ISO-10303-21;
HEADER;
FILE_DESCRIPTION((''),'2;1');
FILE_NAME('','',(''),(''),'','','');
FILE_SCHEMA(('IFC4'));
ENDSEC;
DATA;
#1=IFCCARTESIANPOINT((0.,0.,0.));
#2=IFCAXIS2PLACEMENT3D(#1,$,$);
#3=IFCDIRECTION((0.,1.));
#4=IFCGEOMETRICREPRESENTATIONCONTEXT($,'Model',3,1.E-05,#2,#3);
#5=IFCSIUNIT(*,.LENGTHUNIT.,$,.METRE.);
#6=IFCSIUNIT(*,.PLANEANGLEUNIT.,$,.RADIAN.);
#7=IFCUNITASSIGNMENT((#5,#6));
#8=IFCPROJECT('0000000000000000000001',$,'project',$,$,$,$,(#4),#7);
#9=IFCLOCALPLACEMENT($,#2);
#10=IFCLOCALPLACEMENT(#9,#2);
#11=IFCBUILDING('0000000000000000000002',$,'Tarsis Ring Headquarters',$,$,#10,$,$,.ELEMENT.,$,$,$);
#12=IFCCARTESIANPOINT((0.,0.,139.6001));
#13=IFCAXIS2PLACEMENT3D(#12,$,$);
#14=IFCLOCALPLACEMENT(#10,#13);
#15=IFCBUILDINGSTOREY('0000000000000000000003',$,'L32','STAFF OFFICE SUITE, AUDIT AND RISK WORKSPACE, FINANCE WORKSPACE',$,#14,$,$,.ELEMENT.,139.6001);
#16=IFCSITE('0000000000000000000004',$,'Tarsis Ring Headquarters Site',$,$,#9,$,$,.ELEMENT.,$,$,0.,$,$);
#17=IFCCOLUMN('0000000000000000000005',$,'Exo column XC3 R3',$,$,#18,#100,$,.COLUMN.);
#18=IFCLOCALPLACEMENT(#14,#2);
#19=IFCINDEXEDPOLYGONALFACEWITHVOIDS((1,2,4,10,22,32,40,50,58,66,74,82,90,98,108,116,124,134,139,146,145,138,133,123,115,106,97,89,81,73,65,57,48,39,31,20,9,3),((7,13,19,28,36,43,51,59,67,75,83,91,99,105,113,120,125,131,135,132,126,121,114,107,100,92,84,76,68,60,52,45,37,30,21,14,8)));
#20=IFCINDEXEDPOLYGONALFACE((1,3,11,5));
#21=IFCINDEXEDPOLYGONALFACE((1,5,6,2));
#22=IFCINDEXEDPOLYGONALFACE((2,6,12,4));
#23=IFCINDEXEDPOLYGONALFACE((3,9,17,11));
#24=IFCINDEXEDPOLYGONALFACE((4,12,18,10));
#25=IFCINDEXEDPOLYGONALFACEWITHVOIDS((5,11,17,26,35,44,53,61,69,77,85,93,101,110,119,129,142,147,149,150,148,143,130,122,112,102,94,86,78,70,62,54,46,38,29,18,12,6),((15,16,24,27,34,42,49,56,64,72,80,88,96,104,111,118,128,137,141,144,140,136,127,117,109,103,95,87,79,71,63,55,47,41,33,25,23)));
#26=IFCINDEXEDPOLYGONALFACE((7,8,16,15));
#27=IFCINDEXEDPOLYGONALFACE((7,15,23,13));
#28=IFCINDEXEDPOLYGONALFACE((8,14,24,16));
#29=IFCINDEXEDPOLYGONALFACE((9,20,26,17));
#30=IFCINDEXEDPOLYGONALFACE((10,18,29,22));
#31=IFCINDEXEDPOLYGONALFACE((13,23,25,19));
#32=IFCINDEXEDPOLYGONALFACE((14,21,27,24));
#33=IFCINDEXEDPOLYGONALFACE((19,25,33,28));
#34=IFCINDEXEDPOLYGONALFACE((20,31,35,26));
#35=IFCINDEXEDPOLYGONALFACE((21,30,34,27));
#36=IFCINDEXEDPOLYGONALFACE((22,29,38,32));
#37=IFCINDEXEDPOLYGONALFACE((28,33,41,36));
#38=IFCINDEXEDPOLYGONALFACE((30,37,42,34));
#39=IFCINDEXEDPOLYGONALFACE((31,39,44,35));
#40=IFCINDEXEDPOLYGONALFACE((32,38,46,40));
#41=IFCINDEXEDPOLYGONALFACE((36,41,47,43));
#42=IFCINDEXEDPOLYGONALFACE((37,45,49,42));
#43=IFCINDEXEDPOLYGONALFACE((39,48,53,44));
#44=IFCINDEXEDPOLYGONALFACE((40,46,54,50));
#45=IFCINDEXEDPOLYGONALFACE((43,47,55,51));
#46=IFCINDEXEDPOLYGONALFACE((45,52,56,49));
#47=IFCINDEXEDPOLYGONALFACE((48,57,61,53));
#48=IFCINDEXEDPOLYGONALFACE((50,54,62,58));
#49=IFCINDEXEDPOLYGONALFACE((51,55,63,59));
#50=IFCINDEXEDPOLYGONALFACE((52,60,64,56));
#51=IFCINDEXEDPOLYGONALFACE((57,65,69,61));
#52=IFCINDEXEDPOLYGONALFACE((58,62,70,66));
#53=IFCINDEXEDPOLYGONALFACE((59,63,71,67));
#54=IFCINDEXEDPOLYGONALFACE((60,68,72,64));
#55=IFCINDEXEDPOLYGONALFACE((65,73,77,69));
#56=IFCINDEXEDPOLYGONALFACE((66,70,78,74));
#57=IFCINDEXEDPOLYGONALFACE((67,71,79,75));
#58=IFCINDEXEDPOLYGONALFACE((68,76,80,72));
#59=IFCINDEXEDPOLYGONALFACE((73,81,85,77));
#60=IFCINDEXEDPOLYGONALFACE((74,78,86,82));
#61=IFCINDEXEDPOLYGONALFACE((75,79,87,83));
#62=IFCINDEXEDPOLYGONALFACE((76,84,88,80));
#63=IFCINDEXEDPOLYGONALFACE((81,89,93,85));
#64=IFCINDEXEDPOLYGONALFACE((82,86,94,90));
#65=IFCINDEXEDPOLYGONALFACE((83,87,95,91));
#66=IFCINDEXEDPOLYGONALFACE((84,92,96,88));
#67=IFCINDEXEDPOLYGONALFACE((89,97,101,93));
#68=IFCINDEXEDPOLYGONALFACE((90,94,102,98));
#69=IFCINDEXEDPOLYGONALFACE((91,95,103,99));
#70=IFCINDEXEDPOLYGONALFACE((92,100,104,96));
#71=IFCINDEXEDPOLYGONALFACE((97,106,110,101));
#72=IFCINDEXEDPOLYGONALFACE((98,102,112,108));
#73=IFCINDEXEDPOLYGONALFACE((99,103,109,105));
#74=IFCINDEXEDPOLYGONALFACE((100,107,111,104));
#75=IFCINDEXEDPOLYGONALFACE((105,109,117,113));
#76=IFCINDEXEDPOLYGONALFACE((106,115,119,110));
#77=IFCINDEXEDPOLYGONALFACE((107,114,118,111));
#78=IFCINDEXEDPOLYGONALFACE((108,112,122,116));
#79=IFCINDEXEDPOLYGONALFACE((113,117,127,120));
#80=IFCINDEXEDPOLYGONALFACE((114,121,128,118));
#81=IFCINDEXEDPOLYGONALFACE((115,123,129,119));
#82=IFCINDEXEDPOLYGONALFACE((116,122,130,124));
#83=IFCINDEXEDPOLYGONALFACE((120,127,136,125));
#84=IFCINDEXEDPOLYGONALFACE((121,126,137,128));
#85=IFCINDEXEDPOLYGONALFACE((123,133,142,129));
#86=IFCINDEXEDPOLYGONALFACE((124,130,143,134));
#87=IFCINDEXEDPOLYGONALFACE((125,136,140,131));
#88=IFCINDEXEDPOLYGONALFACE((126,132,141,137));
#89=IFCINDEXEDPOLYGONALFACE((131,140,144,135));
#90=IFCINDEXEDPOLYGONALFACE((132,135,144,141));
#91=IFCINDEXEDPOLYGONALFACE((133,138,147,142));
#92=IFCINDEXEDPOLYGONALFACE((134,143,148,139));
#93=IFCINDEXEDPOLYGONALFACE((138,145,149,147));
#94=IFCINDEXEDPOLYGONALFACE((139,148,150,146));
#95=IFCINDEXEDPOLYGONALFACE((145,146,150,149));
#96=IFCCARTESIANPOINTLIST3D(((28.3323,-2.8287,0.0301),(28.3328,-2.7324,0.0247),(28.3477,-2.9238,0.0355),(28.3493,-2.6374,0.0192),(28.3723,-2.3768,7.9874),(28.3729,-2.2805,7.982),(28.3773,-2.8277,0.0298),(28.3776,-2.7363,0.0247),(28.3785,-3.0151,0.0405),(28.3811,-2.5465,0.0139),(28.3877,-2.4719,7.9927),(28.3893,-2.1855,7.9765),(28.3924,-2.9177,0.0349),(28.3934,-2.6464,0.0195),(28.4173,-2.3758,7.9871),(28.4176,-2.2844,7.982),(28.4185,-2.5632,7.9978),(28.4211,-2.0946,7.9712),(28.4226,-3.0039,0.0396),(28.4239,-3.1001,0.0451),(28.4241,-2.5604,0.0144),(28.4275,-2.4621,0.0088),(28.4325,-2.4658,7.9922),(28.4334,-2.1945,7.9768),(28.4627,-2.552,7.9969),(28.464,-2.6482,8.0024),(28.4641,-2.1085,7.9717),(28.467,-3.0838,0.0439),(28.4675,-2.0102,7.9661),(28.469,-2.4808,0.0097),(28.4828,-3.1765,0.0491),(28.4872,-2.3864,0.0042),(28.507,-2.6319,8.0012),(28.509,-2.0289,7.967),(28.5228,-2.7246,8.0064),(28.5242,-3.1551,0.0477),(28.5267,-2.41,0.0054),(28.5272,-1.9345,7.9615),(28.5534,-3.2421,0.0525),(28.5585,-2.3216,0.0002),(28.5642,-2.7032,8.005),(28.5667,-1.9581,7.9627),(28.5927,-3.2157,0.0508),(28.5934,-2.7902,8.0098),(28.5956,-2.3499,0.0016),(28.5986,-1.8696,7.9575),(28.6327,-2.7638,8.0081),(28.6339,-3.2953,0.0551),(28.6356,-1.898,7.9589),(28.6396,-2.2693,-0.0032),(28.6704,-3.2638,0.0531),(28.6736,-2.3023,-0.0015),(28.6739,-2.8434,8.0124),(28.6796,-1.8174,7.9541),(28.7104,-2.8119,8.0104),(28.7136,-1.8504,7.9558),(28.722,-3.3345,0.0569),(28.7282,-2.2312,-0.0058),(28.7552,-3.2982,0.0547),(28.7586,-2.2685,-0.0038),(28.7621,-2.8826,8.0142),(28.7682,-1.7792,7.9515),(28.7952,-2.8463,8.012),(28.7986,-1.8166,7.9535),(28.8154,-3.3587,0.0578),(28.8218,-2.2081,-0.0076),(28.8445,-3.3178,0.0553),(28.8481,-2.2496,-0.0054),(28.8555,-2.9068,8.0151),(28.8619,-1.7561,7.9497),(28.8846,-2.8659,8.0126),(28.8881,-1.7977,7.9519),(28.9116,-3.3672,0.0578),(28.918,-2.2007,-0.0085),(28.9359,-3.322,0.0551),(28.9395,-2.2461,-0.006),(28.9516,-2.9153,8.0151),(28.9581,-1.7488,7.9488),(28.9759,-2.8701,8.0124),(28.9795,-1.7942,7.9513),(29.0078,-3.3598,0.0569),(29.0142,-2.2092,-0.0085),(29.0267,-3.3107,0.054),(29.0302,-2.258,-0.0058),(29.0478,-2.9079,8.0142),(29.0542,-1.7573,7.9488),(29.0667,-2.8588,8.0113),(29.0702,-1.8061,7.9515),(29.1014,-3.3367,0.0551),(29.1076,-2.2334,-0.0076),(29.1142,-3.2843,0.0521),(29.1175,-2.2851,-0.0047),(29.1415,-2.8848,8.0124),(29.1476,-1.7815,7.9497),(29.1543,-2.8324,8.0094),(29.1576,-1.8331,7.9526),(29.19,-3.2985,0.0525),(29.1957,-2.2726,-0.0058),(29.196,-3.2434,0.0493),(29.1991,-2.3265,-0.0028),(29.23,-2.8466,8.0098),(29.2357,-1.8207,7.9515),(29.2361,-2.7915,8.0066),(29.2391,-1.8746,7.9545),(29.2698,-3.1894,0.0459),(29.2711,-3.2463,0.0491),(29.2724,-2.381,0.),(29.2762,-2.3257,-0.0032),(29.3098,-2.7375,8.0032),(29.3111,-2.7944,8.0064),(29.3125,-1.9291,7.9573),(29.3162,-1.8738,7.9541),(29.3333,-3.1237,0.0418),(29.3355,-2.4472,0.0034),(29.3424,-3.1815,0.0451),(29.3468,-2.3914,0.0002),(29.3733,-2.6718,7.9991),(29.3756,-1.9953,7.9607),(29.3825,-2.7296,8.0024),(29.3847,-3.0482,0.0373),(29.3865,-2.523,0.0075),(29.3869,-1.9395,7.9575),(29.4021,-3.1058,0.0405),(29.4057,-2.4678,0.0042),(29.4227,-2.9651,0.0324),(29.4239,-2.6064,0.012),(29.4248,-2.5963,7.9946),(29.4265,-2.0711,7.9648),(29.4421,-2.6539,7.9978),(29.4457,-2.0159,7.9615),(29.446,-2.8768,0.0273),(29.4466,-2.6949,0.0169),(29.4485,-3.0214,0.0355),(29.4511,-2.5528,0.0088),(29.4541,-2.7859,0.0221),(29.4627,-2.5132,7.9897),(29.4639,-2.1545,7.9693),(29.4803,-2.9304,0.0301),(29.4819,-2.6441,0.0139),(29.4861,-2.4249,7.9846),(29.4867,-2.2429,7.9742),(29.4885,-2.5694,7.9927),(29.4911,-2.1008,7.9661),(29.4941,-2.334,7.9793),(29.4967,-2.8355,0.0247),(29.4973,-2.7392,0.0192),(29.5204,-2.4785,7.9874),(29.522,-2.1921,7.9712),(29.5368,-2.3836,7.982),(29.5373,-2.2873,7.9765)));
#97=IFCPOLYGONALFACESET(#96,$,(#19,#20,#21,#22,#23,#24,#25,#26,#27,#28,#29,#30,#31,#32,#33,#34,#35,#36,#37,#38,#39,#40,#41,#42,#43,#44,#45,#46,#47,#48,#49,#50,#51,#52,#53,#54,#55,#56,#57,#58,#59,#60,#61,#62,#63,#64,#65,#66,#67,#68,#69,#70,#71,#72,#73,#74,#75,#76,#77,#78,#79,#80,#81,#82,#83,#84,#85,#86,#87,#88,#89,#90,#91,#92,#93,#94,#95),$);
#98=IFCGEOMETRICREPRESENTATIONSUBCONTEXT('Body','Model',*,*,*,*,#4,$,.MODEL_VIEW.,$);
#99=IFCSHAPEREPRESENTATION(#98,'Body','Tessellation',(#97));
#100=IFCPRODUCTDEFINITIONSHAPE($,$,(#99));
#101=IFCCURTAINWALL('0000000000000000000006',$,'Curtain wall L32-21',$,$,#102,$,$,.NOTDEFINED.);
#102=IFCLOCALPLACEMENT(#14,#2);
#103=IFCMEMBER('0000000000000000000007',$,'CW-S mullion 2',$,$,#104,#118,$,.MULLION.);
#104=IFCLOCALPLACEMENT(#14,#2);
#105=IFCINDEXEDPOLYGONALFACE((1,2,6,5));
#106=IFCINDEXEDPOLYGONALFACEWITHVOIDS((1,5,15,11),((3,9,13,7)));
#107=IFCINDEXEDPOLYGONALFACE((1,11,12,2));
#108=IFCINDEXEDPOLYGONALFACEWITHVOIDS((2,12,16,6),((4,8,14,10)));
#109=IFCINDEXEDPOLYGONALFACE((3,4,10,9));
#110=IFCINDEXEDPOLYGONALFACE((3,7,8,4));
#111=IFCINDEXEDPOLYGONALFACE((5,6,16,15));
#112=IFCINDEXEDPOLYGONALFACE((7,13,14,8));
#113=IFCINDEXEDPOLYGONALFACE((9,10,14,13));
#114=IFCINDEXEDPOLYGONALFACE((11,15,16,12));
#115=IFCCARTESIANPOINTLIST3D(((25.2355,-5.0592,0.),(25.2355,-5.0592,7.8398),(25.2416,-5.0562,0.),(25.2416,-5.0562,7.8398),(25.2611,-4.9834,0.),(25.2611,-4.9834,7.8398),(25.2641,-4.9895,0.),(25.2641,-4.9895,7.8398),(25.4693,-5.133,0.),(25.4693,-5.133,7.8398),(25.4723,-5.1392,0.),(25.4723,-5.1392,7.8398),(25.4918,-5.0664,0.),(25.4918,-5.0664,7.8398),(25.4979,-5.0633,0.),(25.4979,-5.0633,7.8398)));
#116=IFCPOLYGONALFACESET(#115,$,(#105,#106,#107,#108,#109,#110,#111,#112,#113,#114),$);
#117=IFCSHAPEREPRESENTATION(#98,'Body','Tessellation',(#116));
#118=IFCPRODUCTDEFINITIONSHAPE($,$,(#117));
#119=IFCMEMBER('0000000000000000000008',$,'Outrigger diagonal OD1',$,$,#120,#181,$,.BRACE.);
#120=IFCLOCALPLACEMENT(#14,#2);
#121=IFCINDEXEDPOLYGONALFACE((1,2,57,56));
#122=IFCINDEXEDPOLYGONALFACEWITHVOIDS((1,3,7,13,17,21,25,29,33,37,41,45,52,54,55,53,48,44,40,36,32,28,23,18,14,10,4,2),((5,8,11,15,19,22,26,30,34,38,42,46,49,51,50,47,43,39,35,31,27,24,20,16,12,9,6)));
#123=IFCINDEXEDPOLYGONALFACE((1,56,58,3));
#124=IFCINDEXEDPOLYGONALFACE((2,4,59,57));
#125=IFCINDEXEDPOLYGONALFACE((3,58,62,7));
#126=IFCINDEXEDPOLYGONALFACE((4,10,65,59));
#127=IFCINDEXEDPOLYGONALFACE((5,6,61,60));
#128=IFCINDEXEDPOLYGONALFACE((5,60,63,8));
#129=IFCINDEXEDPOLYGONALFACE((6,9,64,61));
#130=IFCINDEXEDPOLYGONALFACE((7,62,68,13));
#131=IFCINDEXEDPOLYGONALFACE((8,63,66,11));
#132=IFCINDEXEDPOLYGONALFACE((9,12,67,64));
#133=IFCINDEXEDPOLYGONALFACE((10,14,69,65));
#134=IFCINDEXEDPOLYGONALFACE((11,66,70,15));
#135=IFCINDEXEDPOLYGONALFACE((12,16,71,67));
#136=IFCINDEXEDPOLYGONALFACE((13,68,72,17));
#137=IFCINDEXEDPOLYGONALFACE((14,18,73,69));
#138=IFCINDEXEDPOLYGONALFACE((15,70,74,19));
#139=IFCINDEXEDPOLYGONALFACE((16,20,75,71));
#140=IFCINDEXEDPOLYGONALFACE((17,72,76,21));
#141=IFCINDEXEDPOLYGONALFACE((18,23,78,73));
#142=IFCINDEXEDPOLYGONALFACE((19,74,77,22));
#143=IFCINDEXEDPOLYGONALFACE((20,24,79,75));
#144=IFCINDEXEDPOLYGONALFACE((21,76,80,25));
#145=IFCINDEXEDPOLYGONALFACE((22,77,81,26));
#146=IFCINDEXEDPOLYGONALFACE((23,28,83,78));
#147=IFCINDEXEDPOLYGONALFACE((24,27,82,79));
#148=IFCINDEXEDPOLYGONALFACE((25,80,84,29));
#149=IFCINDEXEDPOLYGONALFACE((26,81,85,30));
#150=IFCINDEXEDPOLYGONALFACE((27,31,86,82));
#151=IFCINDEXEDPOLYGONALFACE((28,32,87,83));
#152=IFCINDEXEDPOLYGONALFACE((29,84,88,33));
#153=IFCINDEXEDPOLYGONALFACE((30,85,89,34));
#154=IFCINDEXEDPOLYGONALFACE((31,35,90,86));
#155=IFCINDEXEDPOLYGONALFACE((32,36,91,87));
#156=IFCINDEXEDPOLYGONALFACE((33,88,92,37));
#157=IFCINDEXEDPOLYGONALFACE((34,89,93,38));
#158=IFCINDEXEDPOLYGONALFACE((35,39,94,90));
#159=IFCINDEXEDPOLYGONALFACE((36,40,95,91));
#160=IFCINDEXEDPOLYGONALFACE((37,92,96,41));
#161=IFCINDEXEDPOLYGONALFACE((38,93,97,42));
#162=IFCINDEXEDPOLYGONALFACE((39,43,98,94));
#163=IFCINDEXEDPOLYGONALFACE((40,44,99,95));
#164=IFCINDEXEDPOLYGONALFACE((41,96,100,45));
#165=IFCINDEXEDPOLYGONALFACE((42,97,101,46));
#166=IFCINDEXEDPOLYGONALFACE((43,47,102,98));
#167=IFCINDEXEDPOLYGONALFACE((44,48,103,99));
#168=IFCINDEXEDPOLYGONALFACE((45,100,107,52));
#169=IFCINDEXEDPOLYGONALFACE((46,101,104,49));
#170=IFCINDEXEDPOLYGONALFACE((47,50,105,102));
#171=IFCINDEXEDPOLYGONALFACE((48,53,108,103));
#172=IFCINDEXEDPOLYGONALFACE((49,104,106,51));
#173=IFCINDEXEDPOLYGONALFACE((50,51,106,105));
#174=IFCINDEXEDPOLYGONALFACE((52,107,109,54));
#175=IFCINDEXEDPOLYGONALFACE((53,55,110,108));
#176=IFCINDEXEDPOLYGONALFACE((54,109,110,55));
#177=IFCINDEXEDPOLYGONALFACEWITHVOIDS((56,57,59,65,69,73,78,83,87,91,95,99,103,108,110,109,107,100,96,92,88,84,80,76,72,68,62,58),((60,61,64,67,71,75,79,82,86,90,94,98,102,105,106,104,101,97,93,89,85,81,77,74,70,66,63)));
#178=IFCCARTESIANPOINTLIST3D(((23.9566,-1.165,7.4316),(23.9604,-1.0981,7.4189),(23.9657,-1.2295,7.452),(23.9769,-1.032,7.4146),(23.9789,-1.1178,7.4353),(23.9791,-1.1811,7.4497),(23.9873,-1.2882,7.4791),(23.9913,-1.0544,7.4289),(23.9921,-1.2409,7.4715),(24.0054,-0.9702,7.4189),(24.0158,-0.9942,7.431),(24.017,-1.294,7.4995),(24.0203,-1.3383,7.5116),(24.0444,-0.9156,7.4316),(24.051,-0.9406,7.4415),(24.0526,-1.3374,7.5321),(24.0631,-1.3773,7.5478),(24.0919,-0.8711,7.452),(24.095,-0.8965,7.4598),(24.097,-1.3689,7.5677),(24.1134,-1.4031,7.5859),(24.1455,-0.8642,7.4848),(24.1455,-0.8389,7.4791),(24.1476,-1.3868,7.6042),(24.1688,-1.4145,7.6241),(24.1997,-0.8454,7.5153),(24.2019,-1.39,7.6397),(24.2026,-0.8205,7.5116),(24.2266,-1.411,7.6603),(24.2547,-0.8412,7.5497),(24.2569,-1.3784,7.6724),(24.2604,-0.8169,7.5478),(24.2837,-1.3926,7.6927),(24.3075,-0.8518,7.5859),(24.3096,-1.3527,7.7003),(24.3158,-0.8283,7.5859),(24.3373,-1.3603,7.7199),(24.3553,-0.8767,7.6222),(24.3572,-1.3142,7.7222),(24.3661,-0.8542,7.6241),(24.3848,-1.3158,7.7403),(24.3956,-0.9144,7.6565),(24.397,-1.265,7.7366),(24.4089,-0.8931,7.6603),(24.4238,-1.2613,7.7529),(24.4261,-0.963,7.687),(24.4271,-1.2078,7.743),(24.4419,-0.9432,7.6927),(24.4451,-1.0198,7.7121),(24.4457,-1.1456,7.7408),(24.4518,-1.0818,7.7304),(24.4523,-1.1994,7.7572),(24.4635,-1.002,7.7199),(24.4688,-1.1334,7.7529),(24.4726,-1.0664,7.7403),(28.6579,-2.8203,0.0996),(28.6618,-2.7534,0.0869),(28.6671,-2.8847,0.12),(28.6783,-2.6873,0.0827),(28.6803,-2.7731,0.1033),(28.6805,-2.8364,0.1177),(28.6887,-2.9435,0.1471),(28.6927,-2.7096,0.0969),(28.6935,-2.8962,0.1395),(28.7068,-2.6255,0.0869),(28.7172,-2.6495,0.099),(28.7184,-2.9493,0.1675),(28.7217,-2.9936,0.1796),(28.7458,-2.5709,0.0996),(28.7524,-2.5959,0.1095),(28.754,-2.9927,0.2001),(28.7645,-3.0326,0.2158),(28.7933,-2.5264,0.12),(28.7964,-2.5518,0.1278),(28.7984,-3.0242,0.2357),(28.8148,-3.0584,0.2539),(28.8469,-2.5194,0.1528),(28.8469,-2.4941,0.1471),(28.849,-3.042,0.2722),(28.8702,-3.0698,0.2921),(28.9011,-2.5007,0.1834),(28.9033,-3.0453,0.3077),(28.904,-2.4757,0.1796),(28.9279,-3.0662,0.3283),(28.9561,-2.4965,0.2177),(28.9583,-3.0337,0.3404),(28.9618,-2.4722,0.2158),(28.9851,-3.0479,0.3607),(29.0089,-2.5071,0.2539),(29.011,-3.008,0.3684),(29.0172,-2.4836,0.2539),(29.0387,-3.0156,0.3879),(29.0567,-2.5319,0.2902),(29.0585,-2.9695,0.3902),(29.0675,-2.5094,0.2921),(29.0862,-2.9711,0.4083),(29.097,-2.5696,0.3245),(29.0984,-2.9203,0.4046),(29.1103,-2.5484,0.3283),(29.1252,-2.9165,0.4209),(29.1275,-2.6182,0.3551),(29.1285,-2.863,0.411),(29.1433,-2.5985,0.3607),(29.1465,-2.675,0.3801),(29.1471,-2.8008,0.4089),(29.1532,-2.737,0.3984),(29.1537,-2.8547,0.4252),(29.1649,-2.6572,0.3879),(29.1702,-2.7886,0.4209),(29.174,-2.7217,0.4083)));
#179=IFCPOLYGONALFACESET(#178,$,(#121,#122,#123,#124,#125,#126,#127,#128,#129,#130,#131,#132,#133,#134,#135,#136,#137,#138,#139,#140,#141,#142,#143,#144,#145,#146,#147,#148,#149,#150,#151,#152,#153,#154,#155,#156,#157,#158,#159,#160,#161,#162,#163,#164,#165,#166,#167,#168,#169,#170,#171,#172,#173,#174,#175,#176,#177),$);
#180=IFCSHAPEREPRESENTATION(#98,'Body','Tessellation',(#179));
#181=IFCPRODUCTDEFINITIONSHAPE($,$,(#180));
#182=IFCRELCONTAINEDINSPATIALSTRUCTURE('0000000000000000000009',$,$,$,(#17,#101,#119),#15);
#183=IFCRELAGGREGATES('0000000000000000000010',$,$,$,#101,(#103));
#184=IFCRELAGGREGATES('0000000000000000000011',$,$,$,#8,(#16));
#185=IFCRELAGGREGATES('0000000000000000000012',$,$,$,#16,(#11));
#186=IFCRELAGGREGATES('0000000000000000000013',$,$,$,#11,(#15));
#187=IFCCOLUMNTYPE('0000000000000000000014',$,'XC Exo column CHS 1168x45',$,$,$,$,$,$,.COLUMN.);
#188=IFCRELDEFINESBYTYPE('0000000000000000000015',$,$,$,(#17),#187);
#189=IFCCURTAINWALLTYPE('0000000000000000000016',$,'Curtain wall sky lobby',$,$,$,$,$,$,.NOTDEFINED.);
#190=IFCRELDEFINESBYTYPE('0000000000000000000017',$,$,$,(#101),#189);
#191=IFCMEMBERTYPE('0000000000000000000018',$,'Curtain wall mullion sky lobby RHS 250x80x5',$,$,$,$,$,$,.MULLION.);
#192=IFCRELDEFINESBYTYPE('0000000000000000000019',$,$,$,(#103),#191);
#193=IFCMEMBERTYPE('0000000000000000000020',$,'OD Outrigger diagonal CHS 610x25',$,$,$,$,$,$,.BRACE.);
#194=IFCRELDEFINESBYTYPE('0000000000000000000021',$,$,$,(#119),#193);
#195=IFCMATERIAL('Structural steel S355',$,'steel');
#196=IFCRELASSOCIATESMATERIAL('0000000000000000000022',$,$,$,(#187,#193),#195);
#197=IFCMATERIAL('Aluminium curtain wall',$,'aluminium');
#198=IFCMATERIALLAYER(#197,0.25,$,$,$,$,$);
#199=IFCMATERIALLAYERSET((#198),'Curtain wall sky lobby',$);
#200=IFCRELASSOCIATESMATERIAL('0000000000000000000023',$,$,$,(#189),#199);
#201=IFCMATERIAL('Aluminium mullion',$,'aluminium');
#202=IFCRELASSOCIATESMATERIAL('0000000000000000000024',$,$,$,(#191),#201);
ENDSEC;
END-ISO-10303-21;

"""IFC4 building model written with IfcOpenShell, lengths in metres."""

from ifc_helpers import new_model, si_unit, direction, frame, origin, origin_2d, place, context, subcontext, project, spatial, hollow_rectangle, hollow_circle, extrude, material, layer, layer_set, material_profile, profile_set, type_object, element, aggregate, save


model = new_model("IFC4")

# Units and contexts
model_context = context("Model", 3, precision=1e-05, world=origin(), true_north=direction((0.0, 1.0)))
body_context = subcontext(model_context, "Body", "Model", "MODEL_VIEW")
ifc_project = project(units=[si_unit("LENGTHUNIT", "METRE"), si_unit("PLANEANGLEUNIT", "RADIAN")], contexts=[model_context])

# Site, building, storey
site_placement = place(None, origin())
site = spatial("IfcSite", under=ifc_project, at=site_placement, Name="Tarsis Ring Headquarters Site", CompositionType="ELEMENT", RefElevation=0.0)
building_placement = place(site_placement, origin())
building = spatial("IfcBuilding", under=site, at=building_placement, Name="Tarsis Ring Headquarters", CompositionType="ELEMENT")
storey_placement = place(building_placement, frame((0.0, 0.0, 139.6001)))
storey = spatial("IfcBuildingStorey", under=building, at=storey_placement, Name="L32", Description="STAFF OFFICE SUITE, AUDIT AND RISK WORKSPACE, FINANCE WORKSPACE", CompositionType="ELEMENT", Elevation=139.6001)

# Column
ifc_material_1 = material(Name="Structural steel S355", Category="steel")
ifc_material_profile_1 = material_profile(ifc_material_1, hollow_circle(Radius=0.5842, WallThickness=0.0449, at=origin_2d()), Name="CHS 1168x45")
ifc_profile_set_1 = profile_set([ifc_material_profile_1], Name="Structural steel S355")
column_type = type_object("IfcColumnType", Name="XC Exo column CHS 1168x45", PredefinedType="COLUMN", material=ifc_profile_set_1)
column_placement = place(storey_placement, frame((28.9148, -2.7839, 0.0247), z_axis=(0.005024, 0.056699, 0.998379), x_axis=(-0.996098, 0.088255, 0.0)))
element("IfcColumn", 1, at=column_placement, inside=storey, type_object=column_type, Name="Exo column XC3 R3", PredefinedType="COLUMN", context=body_context, shape_type="SweptSolid", body=[
    extrude(hollow_circle(Radius=0.5842, WallThickness=0.0449, at=origin_2d()), origin(), (0.0, 0.0, 1.0), 7.9702),
])

# Curtain wall, member
ifc_material_2 = material(Name="Aluminium curtain wall", Category="aluminium")
ifc_layer_1 = layer(ifc_material_2, 0.25)
ifc_layer_set_1 = layer_set([ifc_layer_1], Name="Curtain wall sky lobby")
curtain_wall_type = type_object("IfcCurtainWallType", Name="Curtain wall sky lobby", PredefinedType="NOTDEFINED", material=ifc_layer_set_1)
curtain_wall_placement = place(storey_placement, origin())
curtain_wall = element("IfcCurtainWall", 2, at=curtain_wall_placement, inside=storey, type_object=curtain_wall_type, Name="Curtain wall L32-21", PredefinedType="NOTDEFINED")
ifc_material_3 = material(Name="Aluminium mullion", Category="aluminium")
ifc_material_profile_2 = material_profile(ifc_material_3, hollow_rectangle(XDim=0.25, YDim=0.0801, WallThickness=0.0049, at=origin_2d()), Name="RHS 250x80x5")
ifc_profile_set_2 = profile_set([ifc_material_profile_2], Name="Aluminium mullion")
member_type_1 = type_object("IfcMemberType", Name="Curtain wall mullion sky lobby RHS 250x80x5", PredefinedType="MULLION", material=ifc_profile_set_2)
member_1_placement = place(storey_placement, frame((25.3667, -5.0613, 0.0), z_axis=(0.0, 0.0, 1.0), x_axis=(-0.947434, 0.319952, 0.0)))
member_1 = element("IfcMember", 3, at=member_1_placement, type_object=member_type_1, Name="CW-S mullion 2", PredefinedType="MULLION", context=body_context, shape_type="SweptSolid", body=[
    extrude(hollow_rectangle(XDim=0.25, YDim=0.0801, WallThickness=0.0049, at=origin_2d()), origin(), (0.0, 0.0, 1.0), 7.8398),
])

# Member
ifc_material_profile_3 = material_profile(ifc_material_1, hollow_circle(Radius=0.3047, WallThickness=0.0249, at=origin_2d()), Name="CHS 610x25")
ifc_profile_set_3 = profile_set([ifc_material_profile_3], Name="Structural steel S355")
member_type_2 = type_object("IfcMemberType", Name="OD Outrigger diagonal CHS 610x25", PredefinedType="BRACE", material=ifc_profile_set_3)
member_2_placement = place(storey_placement, frame((24.2146, -1.1157, 7.5859), z_axis=(0.530288, -0.186704, -0.827004), x_axis=(0.332097, 0.943245, 0.0)))
element("IfcMember", 4, at=member_2_placement, inside=storey, type_object=member_type_2, Name="Outrigger diagonal OD1", PredefinedType="BRACE", context=body_context, shape_type="SweptSolid", body=[
    extrude(hollow_circle(Radius=0.3047, WallThickness=0.0249, at=origin_2d()), origin(), (0.0, 0.0, 1.0), 8.8657),
])

aggregate(curtain_wall, [member_1])

save(model, "model.ifc")
